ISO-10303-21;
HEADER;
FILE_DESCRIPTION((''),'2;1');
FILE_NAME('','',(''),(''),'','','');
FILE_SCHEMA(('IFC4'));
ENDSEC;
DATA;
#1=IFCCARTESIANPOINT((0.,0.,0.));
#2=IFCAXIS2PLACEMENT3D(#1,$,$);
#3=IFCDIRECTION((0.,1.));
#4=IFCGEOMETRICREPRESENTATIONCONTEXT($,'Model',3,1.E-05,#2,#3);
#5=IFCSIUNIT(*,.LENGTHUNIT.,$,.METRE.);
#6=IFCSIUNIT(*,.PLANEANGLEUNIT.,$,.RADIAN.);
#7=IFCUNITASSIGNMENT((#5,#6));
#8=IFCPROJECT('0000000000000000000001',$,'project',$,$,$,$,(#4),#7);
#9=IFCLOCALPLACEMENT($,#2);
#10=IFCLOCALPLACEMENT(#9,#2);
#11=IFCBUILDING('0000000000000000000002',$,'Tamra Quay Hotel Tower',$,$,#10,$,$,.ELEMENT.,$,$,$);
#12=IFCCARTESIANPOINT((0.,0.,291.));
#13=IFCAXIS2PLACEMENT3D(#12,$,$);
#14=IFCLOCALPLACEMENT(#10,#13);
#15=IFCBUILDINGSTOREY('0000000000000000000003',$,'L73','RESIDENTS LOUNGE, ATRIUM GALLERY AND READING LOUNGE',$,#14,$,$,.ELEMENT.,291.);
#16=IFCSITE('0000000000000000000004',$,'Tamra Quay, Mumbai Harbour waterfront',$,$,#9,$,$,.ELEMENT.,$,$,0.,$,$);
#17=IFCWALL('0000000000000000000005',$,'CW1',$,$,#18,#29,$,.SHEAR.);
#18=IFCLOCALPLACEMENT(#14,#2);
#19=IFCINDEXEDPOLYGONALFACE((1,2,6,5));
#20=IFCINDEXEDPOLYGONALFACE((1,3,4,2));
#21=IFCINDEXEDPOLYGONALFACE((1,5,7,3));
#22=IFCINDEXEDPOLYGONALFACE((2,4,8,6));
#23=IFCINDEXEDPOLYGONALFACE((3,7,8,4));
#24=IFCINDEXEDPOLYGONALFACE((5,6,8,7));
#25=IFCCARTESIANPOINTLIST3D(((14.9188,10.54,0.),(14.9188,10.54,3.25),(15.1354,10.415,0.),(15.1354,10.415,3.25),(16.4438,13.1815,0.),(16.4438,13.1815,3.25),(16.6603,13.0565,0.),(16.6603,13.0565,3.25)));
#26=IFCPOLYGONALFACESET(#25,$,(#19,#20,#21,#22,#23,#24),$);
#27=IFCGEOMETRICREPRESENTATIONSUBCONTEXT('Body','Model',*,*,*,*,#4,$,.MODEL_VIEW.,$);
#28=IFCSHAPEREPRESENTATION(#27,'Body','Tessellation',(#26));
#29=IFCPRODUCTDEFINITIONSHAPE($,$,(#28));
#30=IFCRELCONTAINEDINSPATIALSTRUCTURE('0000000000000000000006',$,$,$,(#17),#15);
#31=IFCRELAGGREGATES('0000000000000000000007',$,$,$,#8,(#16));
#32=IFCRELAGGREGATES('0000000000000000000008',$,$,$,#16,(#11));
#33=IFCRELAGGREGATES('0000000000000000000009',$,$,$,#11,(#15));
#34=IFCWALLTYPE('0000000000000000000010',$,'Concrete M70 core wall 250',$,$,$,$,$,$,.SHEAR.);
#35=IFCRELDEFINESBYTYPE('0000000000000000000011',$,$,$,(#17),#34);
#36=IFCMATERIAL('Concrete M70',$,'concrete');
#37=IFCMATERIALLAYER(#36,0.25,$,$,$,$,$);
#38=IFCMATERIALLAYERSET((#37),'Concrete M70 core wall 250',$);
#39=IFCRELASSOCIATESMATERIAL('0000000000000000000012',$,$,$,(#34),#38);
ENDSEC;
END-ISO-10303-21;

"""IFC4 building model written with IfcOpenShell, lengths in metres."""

from ifc_helpers import new_model, si_unit, direction, frame, frame_2d, origin, place, context, subcontext, project, spatial, rectangle, extrude, material, layer, layer_set, type_object, element, save


model = new_model("IFC4")

# Units and contexts
model_context = context("Model", 3, precision=1e-05, world=origin(), true_north=direction((0.0, 1.0)))
body_context = subcontext(model_context, "Body", "Model", "MODEL_VIEW")
ifc_project = project(units=[si_unit("LENGTHUNIT", "METRE"), si_unit("PLANEANGLEUNIT", "RADIAN")], contexts=[model_context])

# Site, building, storey
site_placement = place(None, origin())
site = spatial("IfcSite", under=ifc_project, at=site_placement, Name="Tamra Quay, Mumbai Harbour waterfront", CompositionType="ELEMENT", RefElevation=0.0)
building_placement = place(site_placement, origin())
building = spatial("IfcBuilding", under=site, at=building_placement, Name="Tamra Quay Hotel Tower", CompositionType="ELEMENT")
storey_placement = place(building_placement, frame((0.0, 0.0, 291.0)))
storey = spatial("IfcBuildingStorey", under=building, at=storey_placement, Name="L73", Description="RESIDENTS LOUNGE, ATRIUM GALLERY AND READING LOUNGE", CompositionType="ELEMENT", Elevation=291.0)

# Shared definitions
ifc_material_1 = material(Name="Concrete M70", Category="concrete")

# Wall
ifc_layer_1 = layer(ifc_material_1, 0.25)
ifc_layer_set_1 = layer_set([ifc_layer_1], Name="Concrete M70 core wall 250")
wall_type = type_object("IfcWallType", Name="Concrete M70 core wall 250", PredefinedType="SHEAR", material=ifc_layer_set_1)
wall_placement = place(storey_placement, frame((16.552, 13.1189, 0.0), z_axis=(0.0, 0.0, 1.0), x_axis=(-0.499979, -0.866038, 0.0)))
element("IfcWall", 1, at=wall_placement, inside=storey, type_object=wall_type, Name="CW1", PredefinedType="SHEAR", context=body_context, shape_type="SweptSolid", body=[
    extrude(rectangle(XDim=3.05, YDim=0.25, at=frame_2d((1.5249, 0.0))), origin(), (0.0, 0.0, 1.0), 3.25),
])

save(model, "model.ifc")
